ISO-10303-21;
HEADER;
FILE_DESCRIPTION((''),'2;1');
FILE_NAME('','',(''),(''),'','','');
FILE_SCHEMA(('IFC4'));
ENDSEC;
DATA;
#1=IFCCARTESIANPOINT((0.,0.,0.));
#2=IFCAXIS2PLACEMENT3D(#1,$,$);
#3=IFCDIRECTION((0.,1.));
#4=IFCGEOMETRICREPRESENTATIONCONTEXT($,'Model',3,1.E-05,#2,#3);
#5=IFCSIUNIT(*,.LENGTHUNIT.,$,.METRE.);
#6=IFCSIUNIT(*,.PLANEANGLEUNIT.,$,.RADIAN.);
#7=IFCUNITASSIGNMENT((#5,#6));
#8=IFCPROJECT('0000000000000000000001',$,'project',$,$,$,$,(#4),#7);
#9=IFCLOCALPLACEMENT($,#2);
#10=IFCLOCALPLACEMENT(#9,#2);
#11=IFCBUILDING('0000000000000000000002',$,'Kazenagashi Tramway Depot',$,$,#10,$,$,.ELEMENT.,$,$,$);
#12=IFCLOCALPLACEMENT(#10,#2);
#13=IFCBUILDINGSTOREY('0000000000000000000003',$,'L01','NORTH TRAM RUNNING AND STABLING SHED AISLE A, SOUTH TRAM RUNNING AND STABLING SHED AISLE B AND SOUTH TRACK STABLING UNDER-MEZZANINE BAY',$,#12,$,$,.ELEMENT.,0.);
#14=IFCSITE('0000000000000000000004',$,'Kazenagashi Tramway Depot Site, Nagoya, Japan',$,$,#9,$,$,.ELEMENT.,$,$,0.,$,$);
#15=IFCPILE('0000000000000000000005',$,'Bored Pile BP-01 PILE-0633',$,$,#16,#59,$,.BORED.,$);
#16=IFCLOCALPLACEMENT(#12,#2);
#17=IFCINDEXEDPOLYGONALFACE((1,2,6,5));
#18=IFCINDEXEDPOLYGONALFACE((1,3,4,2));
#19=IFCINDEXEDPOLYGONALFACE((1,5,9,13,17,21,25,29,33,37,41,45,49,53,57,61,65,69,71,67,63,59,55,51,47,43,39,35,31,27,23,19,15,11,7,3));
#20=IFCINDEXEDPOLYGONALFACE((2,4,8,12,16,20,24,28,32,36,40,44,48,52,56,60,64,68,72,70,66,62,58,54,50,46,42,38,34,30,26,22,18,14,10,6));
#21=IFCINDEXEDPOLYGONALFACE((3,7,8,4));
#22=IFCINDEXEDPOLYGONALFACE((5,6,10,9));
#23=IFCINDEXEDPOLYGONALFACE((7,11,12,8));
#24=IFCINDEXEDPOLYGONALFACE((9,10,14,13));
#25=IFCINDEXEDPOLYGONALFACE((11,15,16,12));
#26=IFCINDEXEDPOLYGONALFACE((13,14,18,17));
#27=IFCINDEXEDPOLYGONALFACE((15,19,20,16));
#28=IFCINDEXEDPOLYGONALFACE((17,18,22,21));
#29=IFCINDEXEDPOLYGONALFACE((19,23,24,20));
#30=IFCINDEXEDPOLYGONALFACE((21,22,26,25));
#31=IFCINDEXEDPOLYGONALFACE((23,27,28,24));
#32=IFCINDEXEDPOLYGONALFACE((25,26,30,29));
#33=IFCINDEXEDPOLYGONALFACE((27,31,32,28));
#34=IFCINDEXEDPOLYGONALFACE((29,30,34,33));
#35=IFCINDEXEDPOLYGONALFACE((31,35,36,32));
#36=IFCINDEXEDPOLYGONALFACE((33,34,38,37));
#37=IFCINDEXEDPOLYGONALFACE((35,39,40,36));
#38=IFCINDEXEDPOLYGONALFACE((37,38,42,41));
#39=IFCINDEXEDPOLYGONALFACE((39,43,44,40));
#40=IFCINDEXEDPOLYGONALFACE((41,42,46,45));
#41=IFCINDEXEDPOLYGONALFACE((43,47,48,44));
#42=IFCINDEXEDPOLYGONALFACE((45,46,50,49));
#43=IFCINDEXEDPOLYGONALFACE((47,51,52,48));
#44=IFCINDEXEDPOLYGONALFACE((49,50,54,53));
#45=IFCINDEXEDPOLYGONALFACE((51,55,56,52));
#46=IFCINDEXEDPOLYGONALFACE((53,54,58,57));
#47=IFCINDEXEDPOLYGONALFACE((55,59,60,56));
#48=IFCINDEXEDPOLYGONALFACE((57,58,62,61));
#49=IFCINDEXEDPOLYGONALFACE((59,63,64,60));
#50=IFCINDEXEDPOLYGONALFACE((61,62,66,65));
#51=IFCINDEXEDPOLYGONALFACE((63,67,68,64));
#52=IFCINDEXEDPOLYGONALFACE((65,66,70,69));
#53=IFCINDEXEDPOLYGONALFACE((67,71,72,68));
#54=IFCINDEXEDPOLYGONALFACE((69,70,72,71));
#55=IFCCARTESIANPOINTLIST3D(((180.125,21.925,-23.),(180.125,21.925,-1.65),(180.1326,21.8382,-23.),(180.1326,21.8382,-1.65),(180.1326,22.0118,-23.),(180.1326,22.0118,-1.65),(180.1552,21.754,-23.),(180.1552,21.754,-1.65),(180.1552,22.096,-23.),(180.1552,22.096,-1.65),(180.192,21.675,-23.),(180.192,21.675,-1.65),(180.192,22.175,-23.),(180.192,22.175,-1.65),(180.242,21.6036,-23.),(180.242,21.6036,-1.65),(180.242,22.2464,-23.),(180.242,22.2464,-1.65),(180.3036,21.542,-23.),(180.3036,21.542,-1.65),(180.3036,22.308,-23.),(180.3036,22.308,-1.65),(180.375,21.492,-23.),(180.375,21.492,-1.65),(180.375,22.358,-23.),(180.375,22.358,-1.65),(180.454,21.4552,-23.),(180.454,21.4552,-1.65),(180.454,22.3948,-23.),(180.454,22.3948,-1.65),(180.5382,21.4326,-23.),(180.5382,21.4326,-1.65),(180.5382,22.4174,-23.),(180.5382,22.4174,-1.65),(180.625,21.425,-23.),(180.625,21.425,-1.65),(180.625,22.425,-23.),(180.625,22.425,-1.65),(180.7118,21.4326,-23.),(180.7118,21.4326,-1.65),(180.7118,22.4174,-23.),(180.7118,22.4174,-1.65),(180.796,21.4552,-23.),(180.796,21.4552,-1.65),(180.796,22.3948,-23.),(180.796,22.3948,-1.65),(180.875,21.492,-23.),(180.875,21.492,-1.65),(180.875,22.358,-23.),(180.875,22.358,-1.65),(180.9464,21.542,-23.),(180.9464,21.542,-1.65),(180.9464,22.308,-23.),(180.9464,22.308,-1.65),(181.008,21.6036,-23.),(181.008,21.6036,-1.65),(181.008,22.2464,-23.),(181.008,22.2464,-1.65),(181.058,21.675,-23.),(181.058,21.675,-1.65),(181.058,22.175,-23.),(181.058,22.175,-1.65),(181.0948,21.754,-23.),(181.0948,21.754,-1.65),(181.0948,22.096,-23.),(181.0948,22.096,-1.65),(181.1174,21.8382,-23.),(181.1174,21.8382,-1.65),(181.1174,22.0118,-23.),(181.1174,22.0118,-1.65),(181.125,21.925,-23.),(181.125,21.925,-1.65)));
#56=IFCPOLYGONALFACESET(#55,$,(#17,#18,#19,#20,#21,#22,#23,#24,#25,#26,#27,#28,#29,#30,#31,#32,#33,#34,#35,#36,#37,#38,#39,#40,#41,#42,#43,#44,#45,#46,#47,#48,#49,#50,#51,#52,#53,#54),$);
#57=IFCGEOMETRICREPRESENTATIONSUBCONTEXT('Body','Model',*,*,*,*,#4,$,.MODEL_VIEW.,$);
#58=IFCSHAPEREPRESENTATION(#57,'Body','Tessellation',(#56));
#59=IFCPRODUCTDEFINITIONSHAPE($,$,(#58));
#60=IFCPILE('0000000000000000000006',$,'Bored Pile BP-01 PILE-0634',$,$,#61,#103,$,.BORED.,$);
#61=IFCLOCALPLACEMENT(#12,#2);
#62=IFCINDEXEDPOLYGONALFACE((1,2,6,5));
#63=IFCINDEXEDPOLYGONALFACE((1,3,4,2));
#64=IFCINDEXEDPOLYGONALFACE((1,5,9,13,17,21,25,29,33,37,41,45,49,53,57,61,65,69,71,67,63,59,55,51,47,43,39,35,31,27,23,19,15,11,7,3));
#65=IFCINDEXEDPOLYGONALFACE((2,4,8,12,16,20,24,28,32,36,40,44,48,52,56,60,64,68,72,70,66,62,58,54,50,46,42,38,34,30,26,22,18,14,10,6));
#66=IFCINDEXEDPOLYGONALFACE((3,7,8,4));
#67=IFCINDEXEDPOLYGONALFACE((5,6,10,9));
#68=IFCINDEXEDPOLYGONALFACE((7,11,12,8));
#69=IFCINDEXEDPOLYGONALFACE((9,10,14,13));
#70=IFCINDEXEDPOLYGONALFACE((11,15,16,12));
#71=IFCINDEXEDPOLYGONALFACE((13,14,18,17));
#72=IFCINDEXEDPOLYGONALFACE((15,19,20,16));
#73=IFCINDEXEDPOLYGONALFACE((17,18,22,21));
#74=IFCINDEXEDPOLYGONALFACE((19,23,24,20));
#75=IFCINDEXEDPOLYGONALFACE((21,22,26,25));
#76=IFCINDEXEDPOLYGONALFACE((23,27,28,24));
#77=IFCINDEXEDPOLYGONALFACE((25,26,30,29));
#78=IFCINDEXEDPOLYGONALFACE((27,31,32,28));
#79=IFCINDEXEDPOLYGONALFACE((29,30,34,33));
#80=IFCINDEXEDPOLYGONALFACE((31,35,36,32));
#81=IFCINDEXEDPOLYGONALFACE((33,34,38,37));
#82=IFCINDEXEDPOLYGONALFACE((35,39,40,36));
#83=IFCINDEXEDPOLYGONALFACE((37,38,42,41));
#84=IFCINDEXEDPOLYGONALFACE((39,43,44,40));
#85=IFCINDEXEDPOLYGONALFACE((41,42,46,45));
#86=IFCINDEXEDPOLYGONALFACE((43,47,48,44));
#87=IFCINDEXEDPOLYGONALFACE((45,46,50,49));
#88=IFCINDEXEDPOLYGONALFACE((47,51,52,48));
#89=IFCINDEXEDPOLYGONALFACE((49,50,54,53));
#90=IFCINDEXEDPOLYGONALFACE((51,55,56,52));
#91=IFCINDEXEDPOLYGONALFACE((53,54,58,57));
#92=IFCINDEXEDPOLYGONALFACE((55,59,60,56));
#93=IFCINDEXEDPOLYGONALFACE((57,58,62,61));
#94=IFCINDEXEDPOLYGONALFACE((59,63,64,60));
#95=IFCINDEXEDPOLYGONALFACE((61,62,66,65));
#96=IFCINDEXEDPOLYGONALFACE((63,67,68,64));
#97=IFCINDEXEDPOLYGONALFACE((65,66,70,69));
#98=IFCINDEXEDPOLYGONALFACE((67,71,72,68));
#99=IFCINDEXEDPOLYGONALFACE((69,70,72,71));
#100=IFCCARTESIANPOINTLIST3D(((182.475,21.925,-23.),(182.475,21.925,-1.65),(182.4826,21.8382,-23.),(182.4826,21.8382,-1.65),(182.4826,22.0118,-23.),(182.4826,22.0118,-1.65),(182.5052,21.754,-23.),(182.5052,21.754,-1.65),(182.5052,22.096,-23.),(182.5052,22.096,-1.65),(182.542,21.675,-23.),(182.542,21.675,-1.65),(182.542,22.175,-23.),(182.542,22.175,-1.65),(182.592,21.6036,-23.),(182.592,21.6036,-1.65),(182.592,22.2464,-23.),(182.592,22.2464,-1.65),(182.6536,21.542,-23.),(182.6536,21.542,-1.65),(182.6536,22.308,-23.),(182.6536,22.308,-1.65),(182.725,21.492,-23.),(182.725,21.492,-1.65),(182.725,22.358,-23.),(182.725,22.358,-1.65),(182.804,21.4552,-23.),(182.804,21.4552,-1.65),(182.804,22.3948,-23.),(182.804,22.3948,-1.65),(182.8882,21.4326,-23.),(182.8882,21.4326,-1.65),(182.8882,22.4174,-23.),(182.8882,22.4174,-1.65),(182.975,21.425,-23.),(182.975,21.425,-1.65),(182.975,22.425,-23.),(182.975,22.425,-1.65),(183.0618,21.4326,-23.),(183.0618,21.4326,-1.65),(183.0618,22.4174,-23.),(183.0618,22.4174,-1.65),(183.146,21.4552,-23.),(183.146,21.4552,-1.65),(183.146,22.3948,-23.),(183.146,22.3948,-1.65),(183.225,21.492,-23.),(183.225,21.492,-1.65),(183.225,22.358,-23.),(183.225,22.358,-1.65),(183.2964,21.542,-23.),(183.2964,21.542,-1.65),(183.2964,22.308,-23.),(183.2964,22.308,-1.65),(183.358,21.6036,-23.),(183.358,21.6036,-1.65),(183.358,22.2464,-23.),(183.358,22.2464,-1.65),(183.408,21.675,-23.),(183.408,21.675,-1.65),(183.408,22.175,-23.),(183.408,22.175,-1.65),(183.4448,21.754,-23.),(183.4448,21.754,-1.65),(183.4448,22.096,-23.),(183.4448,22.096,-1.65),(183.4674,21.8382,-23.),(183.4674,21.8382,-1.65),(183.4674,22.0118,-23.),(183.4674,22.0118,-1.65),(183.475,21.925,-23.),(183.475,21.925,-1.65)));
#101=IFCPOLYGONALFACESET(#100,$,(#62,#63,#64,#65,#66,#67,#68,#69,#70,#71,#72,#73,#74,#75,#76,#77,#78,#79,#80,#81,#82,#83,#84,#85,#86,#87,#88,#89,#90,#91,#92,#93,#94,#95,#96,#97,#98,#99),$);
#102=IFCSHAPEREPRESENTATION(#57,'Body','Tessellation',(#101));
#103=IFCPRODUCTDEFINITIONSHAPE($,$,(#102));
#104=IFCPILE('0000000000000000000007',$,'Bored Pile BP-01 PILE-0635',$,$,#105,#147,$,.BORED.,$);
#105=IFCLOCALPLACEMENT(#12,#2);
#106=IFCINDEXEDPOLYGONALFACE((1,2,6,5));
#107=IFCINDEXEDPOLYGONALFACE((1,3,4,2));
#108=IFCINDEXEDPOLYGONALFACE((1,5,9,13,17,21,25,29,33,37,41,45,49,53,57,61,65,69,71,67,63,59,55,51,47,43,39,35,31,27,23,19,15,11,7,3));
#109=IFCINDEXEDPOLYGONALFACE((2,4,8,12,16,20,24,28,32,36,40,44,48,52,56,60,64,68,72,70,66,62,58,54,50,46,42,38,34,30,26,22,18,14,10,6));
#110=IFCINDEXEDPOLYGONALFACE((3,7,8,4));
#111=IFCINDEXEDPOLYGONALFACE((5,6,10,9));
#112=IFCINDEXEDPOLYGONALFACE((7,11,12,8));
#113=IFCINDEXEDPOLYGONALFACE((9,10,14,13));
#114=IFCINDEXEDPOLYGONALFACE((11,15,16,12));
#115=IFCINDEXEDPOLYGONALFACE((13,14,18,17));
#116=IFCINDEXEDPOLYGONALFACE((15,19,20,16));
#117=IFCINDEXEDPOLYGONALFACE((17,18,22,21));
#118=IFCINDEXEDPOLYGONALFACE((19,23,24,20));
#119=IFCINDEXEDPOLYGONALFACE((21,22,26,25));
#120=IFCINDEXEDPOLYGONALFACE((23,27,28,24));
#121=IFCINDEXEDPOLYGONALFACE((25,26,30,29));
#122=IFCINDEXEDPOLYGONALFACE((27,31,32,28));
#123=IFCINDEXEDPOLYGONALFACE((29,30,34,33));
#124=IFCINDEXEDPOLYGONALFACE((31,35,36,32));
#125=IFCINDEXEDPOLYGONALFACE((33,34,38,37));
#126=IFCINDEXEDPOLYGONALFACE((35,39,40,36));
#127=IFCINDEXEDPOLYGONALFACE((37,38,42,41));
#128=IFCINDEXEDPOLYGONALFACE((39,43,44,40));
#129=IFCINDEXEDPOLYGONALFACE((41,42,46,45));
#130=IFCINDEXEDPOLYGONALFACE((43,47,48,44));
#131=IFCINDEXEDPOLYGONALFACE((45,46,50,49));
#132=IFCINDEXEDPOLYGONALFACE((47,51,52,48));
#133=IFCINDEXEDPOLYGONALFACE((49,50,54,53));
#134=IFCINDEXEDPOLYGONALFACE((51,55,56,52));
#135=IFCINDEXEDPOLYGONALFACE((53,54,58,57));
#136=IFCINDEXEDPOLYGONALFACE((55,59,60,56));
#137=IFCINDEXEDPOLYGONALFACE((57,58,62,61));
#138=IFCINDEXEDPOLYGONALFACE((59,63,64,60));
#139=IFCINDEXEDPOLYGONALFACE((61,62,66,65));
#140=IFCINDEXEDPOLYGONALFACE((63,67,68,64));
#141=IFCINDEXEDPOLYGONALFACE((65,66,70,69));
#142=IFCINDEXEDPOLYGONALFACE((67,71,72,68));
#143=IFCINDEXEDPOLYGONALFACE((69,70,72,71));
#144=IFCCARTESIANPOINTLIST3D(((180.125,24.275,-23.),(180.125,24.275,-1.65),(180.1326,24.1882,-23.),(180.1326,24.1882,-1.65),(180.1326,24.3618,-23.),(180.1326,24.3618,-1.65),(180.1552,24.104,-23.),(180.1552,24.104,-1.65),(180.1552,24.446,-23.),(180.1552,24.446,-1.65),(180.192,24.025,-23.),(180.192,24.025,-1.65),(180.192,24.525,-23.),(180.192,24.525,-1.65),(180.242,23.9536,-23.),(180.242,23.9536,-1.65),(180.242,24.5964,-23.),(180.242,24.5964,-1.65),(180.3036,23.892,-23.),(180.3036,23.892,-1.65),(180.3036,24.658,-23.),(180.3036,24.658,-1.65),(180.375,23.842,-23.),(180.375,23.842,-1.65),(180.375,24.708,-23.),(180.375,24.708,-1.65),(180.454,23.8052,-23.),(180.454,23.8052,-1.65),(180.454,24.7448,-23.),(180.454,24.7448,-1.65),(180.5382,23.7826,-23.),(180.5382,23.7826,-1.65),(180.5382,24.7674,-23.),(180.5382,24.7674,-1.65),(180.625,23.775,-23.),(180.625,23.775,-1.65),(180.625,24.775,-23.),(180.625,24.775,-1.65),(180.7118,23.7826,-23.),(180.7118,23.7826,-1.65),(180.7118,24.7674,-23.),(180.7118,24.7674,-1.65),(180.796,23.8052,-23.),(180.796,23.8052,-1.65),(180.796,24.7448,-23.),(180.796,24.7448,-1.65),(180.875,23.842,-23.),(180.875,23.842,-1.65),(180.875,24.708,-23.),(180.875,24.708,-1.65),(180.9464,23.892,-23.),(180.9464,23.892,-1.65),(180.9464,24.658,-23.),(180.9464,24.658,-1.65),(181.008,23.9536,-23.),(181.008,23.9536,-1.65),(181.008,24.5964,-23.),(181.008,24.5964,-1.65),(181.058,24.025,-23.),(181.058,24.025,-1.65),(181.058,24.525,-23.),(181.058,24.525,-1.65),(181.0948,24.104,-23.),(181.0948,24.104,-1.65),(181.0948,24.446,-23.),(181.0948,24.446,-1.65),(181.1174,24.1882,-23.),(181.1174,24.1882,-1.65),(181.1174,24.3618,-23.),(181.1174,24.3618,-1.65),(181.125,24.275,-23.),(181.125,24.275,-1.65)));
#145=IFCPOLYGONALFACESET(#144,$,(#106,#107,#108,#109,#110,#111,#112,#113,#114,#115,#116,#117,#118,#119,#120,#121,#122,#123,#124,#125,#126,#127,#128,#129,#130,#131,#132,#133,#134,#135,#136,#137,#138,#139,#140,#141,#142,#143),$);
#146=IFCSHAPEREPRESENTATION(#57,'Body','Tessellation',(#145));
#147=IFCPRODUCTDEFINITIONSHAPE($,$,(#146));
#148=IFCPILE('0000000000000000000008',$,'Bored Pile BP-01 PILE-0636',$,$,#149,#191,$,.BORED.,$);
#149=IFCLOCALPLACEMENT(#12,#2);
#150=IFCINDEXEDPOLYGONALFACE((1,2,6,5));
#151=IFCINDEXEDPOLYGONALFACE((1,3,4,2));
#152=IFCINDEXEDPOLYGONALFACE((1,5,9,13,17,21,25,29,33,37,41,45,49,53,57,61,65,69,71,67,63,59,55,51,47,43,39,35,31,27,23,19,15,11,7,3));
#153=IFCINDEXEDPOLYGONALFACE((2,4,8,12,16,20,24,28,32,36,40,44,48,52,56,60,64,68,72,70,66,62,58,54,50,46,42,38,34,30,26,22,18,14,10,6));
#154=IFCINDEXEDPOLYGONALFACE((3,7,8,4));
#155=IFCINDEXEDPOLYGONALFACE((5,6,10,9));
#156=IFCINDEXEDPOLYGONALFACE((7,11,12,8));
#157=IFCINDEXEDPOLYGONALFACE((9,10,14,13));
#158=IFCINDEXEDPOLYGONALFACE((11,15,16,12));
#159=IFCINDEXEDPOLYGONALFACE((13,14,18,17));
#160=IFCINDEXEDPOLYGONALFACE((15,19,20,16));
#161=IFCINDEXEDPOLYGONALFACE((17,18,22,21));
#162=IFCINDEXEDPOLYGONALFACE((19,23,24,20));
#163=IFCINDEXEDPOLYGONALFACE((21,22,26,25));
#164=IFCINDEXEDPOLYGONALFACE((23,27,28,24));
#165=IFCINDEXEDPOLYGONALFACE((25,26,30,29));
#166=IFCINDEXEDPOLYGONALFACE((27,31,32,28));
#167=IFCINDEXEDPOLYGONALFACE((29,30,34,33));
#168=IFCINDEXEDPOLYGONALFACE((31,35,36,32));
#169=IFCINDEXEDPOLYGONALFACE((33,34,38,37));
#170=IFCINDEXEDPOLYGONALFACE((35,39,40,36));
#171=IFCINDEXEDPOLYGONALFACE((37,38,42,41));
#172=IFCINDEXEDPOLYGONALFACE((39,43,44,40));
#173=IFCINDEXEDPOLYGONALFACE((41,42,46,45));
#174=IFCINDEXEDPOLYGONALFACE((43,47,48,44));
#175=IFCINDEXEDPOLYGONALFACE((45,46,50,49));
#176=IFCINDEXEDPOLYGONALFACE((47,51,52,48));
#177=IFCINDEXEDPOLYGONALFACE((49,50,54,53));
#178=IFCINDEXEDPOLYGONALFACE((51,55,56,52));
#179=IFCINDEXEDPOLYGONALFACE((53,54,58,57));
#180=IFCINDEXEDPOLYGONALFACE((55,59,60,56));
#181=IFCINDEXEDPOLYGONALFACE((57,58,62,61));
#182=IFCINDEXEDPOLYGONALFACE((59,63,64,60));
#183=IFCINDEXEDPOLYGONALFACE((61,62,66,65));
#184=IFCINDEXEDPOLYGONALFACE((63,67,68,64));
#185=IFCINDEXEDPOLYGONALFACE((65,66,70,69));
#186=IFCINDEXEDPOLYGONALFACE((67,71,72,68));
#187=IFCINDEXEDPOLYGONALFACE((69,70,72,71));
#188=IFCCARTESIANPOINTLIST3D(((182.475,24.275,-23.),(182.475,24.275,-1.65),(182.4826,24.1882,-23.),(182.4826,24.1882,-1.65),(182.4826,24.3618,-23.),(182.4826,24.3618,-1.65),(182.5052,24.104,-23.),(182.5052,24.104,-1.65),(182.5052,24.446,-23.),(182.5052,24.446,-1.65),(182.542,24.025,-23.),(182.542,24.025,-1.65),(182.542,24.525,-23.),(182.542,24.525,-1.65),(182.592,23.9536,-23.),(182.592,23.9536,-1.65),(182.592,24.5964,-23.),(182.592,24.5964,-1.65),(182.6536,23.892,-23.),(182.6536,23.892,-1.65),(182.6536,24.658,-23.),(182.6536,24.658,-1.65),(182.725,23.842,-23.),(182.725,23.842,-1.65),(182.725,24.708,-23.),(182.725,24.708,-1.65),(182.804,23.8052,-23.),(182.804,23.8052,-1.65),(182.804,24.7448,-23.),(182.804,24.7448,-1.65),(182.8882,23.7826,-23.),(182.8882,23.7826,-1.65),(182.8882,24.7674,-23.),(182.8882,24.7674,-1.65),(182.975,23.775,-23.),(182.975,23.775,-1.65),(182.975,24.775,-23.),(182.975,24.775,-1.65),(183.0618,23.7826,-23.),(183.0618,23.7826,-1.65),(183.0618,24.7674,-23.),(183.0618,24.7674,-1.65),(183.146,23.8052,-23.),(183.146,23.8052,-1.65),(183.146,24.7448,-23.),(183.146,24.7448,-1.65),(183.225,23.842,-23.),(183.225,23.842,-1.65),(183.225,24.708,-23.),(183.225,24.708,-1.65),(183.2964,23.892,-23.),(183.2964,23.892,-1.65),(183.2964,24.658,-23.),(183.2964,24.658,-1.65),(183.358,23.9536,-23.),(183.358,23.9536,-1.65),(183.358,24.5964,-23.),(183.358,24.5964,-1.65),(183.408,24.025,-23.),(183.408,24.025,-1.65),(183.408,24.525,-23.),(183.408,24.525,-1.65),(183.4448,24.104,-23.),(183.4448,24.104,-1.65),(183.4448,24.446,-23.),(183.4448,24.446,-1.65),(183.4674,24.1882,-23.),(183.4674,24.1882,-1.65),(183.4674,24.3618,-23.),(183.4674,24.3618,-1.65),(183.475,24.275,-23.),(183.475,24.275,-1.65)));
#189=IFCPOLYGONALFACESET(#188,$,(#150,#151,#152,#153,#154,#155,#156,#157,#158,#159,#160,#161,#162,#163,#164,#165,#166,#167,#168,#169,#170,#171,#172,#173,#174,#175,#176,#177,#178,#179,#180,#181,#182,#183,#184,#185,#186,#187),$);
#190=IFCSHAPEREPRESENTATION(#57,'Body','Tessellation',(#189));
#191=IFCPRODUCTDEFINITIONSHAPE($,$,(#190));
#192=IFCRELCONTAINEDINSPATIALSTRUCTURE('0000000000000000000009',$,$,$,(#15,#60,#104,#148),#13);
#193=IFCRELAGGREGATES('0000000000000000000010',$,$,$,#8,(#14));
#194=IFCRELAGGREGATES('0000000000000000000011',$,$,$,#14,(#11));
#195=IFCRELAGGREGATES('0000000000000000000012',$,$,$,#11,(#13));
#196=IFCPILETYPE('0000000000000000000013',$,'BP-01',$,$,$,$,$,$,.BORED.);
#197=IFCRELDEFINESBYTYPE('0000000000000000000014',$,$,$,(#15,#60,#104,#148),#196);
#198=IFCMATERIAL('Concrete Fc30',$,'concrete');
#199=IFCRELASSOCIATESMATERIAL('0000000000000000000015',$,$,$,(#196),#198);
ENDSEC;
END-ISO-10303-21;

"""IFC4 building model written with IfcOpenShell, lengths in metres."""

from ifc_helpers import new_model, si_unit, direction, frame, origin, origin_2d, place, context, subcontext, project, spatial, circle, extrude, material, material_profile, profile_set, type_object, element, save


model = new_model("IFC4")

# Units and contexts
model_context = context("Model", 3, precision=1e-05, world=origin(), true_north=direction((0.0, 1.0)))
body_context = subcontext(model_context, "Body", "Model", "MODEL_VIEW")
ifc_project = project(units=[si_unit("LENGTHUNIT", "METRE"), si_unit("PLANEANGLEUNIT", "RADIAN")], contexts=[model_context])

# Site, building, storey
site_placement = place(None, origin())
site = spatial("IfcSite", under=ifc_project, at=site_placement, Name="Kazenagashi Tramway Depot Site, Nagoya, Japan", CompositionType="ELEMENT", RefElevation=0.0)
building_placement = place(site_placement, origin())
building = spatial("IfcBuilding", under=site, at=building_placement, Name="Kazenagashi Tramway Depot", CompositionType="ELEMENT")
storey_placement = place(building_placement, origin())
storey = spatial("IfcBuildingStorey", under=building, at=storey_placement, Name="L01", Description="NORTH TRAM RUNNING AND STABLING SHED AISLE A, SOUTH TRAM RUNNING AND STABLING SHED AISLE B AND SOUTH TRACK STABLING UNDER-MEZZANINE BAY", CompositionType="ELEMENT", Elevation=0.0)

# Piles
ifc_material_1 = material(Name="Concrete Fc30", Category="concrete")
ifc_material_profile_1 = material_profile(ifc_material_1, circle(Radius=0.5, at=origin_2d()), Name="PILE-1000")
ifc_profile_set_1 = profile_set([ifc_material_profile_1], Name="Concrete Fc30")
pile_type = type_object("IfcPileType", Name="BP-01", PredefinedType="BORED", material=ifc_profile_set_1)
for number, where, z_axis, x_axis, name in (
    (1, (180.625, 21.925, -1.65), (0.0, 0.0, -1.0), (1.0, 0.0, 0.0), "Bored Pile BP-01 PILE-0633"),
    (2, (182.975, 21.925, -1.65), (0.0, 0.0, -1.0), (1.0, 0.0, 0.0), "Bored Pile BP-01 PILE-0634"),
    (3, (180.625, 24.275, -1.65), (0.0, 0.0, -1.0), (1.0, 0.0, 0.0), "Bored Pile BP-01 PILE-0635"),
    (4, (182.975, 24.275, -1.65), (0.0, 0.0, -1.0), (1.0, 0.0, 0.0), "Bored Pile BP-01 PILE-0636"),
):
    element("IfcPile", number, at=place(storey_placement, frame(where, z_axis=z_axis, x_axis=x_axis)), inside=storey, type_object=pile_type, Name=name, PredefinedType="BORED", context=body_context, shape_type="SweptSolid", body=[
        extrude(circle(Radius=0.5, at=origin_2d()), origin(), (0.0, 0.0, 1.0), 21.35),
    ])

save(model, "model.ifc")
